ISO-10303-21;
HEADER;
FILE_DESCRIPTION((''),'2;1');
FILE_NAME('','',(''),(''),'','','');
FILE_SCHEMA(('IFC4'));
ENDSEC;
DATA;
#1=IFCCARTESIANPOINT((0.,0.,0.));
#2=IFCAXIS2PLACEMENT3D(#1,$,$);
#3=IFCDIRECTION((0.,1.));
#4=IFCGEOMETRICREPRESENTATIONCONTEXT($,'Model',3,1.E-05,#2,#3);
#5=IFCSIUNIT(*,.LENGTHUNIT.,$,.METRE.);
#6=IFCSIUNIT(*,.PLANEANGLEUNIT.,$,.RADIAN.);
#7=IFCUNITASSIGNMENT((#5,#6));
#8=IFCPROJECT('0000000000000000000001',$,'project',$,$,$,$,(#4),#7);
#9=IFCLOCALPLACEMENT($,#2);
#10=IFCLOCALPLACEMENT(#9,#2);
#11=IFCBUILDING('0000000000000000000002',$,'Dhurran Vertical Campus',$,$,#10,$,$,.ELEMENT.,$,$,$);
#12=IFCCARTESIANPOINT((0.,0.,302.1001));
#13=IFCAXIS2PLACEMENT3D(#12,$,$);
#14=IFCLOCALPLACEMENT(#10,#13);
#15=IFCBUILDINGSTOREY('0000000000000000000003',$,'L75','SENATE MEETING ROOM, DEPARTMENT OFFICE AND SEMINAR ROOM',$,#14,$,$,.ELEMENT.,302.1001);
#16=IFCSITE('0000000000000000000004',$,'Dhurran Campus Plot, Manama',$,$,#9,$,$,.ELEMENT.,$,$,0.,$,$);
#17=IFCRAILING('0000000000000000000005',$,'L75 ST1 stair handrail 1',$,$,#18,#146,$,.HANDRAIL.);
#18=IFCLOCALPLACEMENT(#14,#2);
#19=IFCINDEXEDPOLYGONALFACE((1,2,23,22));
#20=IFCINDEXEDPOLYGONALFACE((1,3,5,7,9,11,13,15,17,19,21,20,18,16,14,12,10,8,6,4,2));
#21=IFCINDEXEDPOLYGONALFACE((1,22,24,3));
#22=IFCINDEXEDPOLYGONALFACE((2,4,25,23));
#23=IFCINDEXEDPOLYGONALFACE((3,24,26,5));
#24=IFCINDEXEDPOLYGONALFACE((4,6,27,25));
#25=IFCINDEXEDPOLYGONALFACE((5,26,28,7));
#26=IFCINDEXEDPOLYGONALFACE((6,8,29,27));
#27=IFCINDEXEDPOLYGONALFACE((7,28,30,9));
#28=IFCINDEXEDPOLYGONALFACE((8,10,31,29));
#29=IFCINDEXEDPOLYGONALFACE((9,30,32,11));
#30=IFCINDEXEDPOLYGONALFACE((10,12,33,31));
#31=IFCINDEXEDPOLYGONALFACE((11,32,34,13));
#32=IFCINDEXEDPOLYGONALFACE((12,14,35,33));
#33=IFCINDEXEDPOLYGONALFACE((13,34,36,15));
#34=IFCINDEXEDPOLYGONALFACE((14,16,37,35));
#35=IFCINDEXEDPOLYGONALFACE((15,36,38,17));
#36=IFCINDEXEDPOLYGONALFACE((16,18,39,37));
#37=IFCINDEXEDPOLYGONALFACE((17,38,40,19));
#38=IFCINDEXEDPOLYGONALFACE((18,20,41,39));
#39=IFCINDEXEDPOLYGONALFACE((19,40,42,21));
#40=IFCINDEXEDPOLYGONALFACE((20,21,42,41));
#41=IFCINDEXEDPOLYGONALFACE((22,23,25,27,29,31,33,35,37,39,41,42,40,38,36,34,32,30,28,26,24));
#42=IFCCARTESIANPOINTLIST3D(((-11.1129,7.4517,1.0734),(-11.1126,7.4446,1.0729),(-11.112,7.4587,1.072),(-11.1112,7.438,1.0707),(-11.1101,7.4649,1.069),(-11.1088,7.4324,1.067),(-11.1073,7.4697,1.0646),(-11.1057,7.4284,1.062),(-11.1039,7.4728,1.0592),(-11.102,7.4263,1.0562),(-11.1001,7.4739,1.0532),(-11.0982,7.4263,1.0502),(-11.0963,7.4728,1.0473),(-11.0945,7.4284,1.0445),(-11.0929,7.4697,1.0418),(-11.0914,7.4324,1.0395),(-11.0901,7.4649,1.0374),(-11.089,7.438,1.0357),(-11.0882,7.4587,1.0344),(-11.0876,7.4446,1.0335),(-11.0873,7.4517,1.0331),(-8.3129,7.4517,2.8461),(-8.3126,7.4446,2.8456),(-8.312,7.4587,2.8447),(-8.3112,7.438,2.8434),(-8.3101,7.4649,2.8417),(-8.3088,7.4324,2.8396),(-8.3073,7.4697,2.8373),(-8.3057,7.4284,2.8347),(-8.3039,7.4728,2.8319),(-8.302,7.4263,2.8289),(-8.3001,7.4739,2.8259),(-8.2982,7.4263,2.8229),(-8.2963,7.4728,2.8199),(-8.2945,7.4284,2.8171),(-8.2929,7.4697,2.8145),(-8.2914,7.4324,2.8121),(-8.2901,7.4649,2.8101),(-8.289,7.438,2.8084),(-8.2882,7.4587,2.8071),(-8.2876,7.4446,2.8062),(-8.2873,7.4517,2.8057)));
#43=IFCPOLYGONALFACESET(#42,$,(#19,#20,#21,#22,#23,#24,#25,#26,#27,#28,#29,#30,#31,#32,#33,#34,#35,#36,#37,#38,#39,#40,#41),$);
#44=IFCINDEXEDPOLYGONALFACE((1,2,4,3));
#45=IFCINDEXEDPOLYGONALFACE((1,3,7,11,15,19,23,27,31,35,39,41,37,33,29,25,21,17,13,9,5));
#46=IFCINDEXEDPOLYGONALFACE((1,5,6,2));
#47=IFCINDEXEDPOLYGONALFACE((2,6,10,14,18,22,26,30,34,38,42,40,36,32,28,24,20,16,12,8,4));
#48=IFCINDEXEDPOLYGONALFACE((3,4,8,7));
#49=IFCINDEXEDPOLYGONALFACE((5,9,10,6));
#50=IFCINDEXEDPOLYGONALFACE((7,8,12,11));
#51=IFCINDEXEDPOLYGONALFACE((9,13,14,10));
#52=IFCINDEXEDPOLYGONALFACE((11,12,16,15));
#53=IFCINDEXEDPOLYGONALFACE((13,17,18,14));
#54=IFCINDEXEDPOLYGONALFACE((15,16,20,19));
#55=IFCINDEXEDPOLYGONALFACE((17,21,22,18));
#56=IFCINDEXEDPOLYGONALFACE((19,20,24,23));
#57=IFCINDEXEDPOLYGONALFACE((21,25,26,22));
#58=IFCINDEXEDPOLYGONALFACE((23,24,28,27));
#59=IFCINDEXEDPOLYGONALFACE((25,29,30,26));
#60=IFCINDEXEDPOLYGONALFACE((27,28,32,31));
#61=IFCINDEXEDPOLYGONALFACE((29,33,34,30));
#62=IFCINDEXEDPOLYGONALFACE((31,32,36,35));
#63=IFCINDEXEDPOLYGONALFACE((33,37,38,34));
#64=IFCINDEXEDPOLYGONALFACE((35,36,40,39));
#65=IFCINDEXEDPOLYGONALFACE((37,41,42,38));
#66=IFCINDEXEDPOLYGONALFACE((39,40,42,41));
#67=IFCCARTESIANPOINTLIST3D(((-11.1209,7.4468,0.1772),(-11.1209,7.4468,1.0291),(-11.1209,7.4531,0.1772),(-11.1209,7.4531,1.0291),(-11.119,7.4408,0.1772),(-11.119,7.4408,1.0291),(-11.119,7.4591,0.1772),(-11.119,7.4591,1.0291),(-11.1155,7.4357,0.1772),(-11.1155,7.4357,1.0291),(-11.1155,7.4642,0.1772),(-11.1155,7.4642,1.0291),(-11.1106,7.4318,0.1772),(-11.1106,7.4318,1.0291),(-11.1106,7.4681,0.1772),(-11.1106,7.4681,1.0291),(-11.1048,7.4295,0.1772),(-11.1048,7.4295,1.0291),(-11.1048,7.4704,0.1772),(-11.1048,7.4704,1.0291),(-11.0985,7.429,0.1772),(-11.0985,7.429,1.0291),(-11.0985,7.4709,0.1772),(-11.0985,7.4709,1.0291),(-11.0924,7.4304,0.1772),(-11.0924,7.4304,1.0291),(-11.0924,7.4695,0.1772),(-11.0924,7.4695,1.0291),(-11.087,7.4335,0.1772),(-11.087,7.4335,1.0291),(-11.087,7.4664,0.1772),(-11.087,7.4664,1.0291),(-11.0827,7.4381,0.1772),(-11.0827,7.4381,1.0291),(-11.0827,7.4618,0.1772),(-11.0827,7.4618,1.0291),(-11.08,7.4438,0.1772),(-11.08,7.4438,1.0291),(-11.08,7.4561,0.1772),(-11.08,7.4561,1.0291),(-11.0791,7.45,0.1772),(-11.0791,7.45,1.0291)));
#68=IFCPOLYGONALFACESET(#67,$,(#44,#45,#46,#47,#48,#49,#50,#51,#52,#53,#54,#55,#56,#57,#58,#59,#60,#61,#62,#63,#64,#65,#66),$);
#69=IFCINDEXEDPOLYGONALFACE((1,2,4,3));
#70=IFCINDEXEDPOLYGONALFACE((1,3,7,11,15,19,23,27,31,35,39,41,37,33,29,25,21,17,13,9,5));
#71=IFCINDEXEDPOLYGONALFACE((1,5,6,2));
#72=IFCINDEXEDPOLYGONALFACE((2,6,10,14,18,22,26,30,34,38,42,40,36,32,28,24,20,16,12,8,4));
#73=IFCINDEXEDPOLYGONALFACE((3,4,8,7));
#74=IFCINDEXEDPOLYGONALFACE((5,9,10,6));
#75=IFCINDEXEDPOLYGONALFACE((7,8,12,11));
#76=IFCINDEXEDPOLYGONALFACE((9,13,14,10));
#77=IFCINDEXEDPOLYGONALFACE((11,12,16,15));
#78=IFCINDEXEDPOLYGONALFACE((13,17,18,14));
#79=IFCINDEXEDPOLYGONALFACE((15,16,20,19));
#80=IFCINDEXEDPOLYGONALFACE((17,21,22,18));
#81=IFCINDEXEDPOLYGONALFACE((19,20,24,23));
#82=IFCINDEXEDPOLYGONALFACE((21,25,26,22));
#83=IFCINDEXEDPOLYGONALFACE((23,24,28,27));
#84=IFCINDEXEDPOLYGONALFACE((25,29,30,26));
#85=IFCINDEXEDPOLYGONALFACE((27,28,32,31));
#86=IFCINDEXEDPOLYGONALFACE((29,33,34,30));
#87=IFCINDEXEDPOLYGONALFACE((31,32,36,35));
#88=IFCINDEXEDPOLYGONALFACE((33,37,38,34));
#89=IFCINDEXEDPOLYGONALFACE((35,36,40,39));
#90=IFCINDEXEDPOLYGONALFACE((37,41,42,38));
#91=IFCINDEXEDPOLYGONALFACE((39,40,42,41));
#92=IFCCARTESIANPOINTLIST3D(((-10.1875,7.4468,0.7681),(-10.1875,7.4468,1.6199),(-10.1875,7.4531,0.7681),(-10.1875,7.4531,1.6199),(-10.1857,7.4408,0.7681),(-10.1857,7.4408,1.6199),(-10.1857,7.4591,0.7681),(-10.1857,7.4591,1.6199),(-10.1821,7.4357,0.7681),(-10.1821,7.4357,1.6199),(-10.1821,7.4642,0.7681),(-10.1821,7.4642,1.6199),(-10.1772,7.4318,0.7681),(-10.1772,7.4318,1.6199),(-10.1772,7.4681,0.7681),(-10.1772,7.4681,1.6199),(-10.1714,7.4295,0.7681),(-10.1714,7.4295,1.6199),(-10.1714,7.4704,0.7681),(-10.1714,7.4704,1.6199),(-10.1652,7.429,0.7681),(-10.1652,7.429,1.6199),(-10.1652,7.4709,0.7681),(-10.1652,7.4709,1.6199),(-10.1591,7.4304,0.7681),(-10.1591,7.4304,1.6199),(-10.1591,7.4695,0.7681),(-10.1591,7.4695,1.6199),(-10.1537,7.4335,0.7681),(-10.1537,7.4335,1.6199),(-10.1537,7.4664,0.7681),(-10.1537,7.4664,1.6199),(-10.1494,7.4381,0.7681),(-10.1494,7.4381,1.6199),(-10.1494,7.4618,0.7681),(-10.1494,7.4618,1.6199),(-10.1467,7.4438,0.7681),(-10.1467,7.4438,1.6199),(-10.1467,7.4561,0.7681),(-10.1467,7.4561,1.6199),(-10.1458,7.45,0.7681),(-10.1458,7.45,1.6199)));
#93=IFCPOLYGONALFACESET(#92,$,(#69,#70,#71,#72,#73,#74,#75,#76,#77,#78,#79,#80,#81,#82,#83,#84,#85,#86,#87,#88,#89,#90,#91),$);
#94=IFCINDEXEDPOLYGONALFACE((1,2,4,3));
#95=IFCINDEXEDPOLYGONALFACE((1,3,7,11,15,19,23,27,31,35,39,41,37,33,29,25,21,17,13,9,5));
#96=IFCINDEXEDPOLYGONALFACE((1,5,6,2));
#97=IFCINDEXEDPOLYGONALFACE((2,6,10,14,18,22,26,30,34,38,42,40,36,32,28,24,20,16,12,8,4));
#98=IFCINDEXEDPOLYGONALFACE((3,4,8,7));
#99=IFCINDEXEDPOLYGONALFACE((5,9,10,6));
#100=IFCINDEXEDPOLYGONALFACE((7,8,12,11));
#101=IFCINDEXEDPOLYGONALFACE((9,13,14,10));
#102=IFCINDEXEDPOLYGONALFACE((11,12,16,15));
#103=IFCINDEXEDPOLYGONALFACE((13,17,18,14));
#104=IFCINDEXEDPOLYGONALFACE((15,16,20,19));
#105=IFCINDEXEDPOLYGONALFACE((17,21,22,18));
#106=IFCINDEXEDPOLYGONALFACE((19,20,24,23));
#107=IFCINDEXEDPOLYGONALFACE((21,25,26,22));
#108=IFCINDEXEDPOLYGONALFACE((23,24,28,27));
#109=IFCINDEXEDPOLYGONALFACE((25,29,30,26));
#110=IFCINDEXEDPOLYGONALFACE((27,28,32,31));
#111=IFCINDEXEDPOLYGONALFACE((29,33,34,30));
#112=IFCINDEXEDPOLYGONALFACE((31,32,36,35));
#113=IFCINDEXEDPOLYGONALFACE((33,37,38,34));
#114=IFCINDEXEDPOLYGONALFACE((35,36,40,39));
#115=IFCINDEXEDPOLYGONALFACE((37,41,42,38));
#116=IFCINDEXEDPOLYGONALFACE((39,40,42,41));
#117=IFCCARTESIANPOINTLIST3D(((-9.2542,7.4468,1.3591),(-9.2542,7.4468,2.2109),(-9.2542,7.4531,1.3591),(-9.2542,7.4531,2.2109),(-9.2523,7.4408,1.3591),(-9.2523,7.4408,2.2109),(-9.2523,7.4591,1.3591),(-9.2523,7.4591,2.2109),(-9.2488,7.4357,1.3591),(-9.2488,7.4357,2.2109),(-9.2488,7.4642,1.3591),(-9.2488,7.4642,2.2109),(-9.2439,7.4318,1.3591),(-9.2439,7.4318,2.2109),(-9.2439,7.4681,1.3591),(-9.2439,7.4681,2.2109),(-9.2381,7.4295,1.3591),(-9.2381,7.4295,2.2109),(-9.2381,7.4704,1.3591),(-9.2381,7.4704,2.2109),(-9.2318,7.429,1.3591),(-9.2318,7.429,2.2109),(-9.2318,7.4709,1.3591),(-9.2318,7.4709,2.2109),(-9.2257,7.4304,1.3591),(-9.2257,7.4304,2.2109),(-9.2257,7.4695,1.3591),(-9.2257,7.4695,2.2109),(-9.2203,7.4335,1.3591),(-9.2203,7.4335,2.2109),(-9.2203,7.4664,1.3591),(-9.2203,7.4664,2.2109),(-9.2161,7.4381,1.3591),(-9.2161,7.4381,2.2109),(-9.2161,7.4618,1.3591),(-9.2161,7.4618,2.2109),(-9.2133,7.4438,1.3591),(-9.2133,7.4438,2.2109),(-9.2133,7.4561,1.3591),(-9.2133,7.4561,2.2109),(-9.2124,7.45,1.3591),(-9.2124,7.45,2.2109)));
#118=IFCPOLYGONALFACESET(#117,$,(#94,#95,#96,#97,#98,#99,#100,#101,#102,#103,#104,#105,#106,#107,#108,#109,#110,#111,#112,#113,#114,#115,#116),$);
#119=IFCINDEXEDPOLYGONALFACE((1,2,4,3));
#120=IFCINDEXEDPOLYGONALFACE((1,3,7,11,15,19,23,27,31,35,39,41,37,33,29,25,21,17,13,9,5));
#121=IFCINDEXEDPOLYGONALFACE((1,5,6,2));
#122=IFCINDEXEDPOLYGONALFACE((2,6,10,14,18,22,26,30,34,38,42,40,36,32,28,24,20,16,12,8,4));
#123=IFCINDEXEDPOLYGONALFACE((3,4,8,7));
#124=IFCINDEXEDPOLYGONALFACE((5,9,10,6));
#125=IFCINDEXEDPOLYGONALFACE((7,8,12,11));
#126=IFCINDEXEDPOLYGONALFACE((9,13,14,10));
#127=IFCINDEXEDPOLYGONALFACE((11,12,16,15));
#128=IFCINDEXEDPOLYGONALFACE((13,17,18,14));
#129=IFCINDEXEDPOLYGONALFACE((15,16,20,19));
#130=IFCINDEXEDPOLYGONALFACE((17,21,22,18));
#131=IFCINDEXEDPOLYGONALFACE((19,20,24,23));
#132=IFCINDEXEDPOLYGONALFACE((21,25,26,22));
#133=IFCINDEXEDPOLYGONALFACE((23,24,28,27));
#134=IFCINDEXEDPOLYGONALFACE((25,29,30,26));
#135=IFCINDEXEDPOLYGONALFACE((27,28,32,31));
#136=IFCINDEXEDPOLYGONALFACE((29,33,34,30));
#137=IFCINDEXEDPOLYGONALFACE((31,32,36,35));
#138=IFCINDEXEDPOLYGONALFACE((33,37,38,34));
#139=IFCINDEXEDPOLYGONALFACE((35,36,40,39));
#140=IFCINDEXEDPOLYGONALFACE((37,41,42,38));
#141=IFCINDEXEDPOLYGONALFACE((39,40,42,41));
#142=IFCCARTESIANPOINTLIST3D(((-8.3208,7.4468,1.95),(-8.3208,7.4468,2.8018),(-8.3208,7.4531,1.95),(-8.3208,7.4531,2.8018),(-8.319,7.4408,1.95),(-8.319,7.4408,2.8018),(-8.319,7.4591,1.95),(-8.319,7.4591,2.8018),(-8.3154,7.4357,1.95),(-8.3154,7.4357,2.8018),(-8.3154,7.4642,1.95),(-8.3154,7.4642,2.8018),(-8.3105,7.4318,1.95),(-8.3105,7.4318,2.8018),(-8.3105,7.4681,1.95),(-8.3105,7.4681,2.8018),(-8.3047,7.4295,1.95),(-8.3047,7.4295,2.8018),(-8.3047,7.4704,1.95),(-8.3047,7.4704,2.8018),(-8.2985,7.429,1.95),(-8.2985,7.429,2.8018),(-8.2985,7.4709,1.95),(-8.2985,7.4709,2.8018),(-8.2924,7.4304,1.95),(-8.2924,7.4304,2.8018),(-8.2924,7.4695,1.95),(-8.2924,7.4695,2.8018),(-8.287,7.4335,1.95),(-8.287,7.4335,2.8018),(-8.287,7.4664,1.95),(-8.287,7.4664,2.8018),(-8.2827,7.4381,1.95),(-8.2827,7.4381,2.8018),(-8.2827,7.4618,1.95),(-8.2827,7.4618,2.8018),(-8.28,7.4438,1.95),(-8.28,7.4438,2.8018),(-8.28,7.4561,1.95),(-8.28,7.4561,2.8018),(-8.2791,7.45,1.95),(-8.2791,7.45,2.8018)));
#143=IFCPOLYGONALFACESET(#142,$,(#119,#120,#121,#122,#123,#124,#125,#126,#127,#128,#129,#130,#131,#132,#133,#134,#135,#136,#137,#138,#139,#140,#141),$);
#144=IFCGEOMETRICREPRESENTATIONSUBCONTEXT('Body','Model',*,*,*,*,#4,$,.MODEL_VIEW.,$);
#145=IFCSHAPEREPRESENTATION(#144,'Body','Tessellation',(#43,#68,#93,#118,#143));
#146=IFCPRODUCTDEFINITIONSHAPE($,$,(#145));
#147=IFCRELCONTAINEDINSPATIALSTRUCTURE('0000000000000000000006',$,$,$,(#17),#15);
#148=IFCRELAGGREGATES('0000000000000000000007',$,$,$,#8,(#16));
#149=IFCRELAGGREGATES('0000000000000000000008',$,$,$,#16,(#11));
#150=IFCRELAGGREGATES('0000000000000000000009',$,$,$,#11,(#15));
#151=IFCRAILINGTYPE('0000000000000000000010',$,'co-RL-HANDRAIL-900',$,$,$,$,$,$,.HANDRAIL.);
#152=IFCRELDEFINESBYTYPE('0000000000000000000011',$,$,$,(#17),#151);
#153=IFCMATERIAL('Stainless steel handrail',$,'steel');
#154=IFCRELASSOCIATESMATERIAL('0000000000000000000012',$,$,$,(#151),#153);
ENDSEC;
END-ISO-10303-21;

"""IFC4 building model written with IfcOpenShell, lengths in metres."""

from ifc_helpers import new_model, si_unit, direction, frame, origin, origin_2d, place, context, subcontext, project, spatial, circle, extrude, material, type_object, element, save


model = new_model("IFC4")

# Units and contexts
model_context = context("Model", 3, precision=1e-05, world=origin(), true_north=direction((0.0, 1.0)))
body_context = subcontext(model_context, "Body", "Model", "MODEL_VIEW")
ifc_project = project(units=[si_unit("LENGTHUNIT", "METRE"), si_unit("PLANEANGLEUNIT", "RADIAN")], contexts=[model_context])

# Site, building, storey
site_placement = place(None, origin())
site = spatial("IfcSite", under=ifc_project, at=site_placement, Name="Dhurran Campus Plot, Manama", CompositionType="ELEMENT", RefElevation=0.0)
building_placement = place(site_placement, origin())
building = spatial("IfcBuilding", under=site, at=building_placement, Name="Dhurran Vertical Campus", CompositionType="ELEMENT")
storey_placement = place(building_placement, frame((0.0, 0.0, 302.1001)))
storey = spatial("IfcBuildingStorey", under=building, at=storey_placement, Name="L75", Description="SENATE MEETING ROOM, DEPARTMENT OFFICE AND SEMINAR ROOM", CompositionType="ELEMENT", Elevation=302.1001)

# Railing
ifc_material_1 = material(Name="Stainless steel handrail", Category="steel")
railing_type_1 = type_object("IfcRailingType", Name="co-RL-HANDRAIL-900", PredefinedType="HANDRAIL", material=ifc_material_1)
railing_1_placement = place(storey_placement, frame((-11.1001, 7.45, 0.1772)))
element("IfcRailing", 1, at=railing_1_placement, inside=storey, type_object=railing_type_1, Name="L75 ST1 stair handrail 1", PredefinedType="HANDRAIL", context=body_context, shape_type="SweptSolid", body=[
    extrude(circle(Radius=0.0239, at=origin_2d()), frame((0.0, 0.0, 0.876), z_axis=(0.844909, 0.0, 0.53491), x_axis=(0.0, 1.0, 0.0)), (0.0, 0.0, 1.0), 3.314),
    extrude(circle(Radius=0.021, at=origin_2d()), origin(), (0.0, 0.0, 1.0), 0.8518),
    extrude(circle(Radius=0.021, at=origin_2d()), frame((0.9333, 0.0, 0.5908)), (0.0, 0.0, 1.0), 0.8518),
    extrude(circle(Radius=0.021, at=origin_2d()), frame((1.8667, 0.0, 1.1819)), (0.0, 0.0, 1.0), 0.8518),
    extrude(circle(Radius=0.021, at=origin_2d()), frame((2.8, 0.0, 1.7727)), (0.0, 0.0, 1.0), 0.8518),
])

save(model, "model.ifc")
